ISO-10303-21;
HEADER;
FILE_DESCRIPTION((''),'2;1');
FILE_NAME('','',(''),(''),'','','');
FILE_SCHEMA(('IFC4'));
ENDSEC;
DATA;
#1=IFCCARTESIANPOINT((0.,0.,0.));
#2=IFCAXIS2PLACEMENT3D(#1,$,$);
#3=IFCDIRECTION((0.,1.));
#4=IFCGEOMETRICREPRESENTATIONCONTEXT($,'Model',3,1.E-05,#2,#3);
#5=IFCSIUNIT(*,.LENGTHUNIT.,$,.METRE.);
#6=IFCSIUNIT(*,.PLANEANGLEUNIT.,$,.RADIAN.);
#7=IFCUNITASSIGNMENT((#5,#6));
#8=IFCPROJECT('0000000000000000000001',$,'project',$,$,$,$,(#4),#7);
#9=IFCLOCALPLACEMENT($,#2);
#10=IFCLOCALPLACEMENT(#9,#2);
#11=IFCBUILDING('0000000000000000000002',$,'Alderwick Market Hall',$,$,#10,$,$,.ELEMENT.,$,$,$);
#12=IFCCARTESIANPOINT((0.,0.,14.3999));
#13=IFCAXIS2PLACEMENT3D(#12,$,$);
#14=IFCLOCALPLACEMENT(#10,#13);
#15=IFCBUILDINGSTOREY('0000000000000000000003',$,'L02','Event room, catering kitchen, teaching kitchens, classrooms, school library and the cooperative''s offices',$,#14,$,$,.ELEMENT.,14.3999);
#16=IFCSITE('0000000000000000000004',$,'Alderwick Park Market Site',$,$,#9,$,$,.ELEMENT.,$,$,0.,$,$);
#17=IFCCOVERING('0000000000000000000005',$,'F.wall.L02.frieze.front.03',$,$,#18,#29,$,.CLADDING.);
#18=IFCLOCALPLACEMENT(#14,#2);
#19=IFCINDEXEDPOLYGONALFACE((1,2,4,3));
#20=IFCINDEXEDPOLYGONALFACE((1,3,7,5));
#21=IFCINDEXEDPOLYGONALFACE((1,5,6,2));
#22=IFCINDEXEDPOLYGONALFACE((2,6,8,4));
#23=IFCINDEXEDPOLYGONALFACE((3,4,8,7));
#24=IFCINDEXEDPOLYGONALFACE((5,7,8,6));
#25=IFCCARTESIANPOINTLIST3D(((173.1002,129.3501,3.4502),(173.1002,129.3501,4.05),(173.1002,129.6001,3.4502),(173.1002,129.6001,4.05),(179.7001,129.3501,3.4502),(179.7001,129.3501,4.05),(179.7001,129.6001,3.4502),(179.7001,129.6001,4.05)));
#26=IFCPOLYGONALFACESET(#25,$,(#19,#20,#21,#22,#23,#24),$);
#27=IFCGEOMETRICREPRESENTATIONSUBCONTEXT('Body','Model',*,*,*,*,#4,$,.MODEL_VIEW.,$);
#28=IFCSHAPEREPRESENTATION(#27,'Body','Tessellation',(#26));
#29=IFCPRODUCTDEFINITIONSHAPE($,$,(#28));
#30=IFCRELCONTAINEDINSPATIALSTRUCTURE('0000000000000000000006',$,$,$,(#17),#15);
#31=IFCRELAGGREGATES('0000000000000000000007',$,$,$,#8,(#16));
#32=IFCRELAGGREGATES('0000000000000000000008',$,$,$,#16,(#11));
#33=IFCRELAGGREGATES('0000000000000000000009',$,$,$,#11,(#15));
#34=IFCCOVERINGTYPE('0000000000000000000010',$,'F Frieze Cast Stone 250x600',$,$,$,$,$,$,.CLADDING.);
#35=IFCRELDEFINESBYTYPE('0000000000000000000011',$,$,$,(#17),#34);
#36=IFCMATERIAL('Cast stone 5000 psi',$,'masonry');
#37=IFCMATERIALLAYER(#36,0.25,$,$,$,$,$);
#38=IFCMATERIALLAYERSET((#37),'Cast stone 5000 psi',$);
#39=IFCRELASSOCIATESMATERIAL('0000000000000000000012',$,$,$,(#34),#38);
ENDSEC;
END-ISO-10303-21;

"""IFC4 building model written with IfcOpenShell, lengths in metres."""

from ifc_helpers import new_model, si_unit, direction, frame, frame_2d, origin, place, context, subcontext, project, spatial, rectangle, extrude, material, layer, layer_set, type_object, element, save


model = new_model("IFC4")

# Units and contexts
model_context = context("Model", 3, precision=1e-05, world=origin(), true_north=direction((0.0, 1.0)))
body_context = subcontext(model_context, "Body", "Model", "MODEL_VIEW")
ifc_project = project(units=[si_unit("LENGTHUNIT", "METRE"), si_unit("PLANEANGLEUNIT", "RADIAN")], contexts=[model_context])

# Site, building, storey
site_placement = place(None, origin())
site = spatial("IfcSite", under=ifc_project, at=site_placement, Name="Alderwick Park Market Site", CompositionType="ELEMENT", RefElevation=0.0)
building_placement = place(site_placement, origin())
building = spatial("IfcBuilding", under=site, at=building_placement, Name="Alderwick Market Hall", CompositionType="ELEMENT")
storey_placement = place(building_placement, frame((0.0, 0.0, 14.3999)))
storey = spatial("IfcBuildingStorey", under=building, at=storey_placement, Name="L02", Description="Event room, catering kitchen, teaching kitchens, classrooms, school library and the cooperative's offices", CompositionType="ELEMENT", Elevation=14.3999)

# Covering
ifc_material_1 = material(Name="Cast stone 5000 psi", Category="masonry")
ifc_layer_1 = layer(ifc_material_1, 0.25)
ifc_layer_set_1 = layer_set([ifc_layer_1], Name="Cast stone 5000 psi")
covering_type = type_object("IfcCoveringType", Name="F Frieze Cast Stone 250x600", PredefinedType="CLADDING", material=ifc_layer_set_1)
covering_placement = place(storey_placement, frame((179.7, 129.4751, 3.4502), z_axis=(0.0, 0.0, 1.0), x_axis=(-1.0, 0.0, 0.0)))
element("IfcCovering", 1, at=covering_placement, inside=storey, type_object=covering_type, Name="F.wall.L02.frieze.front.03", PredefinedType="CLADDING", context=body_context, shape_type="SweptSolid", body=[
    extrude(rectangle(XDim=6.5999, YDim=0.25, at=frame_2d((3.2998, 0.0))), origin(), (0.0, 0.0, 1.0), 0.5999),
])

save(model, "model.ifc")
